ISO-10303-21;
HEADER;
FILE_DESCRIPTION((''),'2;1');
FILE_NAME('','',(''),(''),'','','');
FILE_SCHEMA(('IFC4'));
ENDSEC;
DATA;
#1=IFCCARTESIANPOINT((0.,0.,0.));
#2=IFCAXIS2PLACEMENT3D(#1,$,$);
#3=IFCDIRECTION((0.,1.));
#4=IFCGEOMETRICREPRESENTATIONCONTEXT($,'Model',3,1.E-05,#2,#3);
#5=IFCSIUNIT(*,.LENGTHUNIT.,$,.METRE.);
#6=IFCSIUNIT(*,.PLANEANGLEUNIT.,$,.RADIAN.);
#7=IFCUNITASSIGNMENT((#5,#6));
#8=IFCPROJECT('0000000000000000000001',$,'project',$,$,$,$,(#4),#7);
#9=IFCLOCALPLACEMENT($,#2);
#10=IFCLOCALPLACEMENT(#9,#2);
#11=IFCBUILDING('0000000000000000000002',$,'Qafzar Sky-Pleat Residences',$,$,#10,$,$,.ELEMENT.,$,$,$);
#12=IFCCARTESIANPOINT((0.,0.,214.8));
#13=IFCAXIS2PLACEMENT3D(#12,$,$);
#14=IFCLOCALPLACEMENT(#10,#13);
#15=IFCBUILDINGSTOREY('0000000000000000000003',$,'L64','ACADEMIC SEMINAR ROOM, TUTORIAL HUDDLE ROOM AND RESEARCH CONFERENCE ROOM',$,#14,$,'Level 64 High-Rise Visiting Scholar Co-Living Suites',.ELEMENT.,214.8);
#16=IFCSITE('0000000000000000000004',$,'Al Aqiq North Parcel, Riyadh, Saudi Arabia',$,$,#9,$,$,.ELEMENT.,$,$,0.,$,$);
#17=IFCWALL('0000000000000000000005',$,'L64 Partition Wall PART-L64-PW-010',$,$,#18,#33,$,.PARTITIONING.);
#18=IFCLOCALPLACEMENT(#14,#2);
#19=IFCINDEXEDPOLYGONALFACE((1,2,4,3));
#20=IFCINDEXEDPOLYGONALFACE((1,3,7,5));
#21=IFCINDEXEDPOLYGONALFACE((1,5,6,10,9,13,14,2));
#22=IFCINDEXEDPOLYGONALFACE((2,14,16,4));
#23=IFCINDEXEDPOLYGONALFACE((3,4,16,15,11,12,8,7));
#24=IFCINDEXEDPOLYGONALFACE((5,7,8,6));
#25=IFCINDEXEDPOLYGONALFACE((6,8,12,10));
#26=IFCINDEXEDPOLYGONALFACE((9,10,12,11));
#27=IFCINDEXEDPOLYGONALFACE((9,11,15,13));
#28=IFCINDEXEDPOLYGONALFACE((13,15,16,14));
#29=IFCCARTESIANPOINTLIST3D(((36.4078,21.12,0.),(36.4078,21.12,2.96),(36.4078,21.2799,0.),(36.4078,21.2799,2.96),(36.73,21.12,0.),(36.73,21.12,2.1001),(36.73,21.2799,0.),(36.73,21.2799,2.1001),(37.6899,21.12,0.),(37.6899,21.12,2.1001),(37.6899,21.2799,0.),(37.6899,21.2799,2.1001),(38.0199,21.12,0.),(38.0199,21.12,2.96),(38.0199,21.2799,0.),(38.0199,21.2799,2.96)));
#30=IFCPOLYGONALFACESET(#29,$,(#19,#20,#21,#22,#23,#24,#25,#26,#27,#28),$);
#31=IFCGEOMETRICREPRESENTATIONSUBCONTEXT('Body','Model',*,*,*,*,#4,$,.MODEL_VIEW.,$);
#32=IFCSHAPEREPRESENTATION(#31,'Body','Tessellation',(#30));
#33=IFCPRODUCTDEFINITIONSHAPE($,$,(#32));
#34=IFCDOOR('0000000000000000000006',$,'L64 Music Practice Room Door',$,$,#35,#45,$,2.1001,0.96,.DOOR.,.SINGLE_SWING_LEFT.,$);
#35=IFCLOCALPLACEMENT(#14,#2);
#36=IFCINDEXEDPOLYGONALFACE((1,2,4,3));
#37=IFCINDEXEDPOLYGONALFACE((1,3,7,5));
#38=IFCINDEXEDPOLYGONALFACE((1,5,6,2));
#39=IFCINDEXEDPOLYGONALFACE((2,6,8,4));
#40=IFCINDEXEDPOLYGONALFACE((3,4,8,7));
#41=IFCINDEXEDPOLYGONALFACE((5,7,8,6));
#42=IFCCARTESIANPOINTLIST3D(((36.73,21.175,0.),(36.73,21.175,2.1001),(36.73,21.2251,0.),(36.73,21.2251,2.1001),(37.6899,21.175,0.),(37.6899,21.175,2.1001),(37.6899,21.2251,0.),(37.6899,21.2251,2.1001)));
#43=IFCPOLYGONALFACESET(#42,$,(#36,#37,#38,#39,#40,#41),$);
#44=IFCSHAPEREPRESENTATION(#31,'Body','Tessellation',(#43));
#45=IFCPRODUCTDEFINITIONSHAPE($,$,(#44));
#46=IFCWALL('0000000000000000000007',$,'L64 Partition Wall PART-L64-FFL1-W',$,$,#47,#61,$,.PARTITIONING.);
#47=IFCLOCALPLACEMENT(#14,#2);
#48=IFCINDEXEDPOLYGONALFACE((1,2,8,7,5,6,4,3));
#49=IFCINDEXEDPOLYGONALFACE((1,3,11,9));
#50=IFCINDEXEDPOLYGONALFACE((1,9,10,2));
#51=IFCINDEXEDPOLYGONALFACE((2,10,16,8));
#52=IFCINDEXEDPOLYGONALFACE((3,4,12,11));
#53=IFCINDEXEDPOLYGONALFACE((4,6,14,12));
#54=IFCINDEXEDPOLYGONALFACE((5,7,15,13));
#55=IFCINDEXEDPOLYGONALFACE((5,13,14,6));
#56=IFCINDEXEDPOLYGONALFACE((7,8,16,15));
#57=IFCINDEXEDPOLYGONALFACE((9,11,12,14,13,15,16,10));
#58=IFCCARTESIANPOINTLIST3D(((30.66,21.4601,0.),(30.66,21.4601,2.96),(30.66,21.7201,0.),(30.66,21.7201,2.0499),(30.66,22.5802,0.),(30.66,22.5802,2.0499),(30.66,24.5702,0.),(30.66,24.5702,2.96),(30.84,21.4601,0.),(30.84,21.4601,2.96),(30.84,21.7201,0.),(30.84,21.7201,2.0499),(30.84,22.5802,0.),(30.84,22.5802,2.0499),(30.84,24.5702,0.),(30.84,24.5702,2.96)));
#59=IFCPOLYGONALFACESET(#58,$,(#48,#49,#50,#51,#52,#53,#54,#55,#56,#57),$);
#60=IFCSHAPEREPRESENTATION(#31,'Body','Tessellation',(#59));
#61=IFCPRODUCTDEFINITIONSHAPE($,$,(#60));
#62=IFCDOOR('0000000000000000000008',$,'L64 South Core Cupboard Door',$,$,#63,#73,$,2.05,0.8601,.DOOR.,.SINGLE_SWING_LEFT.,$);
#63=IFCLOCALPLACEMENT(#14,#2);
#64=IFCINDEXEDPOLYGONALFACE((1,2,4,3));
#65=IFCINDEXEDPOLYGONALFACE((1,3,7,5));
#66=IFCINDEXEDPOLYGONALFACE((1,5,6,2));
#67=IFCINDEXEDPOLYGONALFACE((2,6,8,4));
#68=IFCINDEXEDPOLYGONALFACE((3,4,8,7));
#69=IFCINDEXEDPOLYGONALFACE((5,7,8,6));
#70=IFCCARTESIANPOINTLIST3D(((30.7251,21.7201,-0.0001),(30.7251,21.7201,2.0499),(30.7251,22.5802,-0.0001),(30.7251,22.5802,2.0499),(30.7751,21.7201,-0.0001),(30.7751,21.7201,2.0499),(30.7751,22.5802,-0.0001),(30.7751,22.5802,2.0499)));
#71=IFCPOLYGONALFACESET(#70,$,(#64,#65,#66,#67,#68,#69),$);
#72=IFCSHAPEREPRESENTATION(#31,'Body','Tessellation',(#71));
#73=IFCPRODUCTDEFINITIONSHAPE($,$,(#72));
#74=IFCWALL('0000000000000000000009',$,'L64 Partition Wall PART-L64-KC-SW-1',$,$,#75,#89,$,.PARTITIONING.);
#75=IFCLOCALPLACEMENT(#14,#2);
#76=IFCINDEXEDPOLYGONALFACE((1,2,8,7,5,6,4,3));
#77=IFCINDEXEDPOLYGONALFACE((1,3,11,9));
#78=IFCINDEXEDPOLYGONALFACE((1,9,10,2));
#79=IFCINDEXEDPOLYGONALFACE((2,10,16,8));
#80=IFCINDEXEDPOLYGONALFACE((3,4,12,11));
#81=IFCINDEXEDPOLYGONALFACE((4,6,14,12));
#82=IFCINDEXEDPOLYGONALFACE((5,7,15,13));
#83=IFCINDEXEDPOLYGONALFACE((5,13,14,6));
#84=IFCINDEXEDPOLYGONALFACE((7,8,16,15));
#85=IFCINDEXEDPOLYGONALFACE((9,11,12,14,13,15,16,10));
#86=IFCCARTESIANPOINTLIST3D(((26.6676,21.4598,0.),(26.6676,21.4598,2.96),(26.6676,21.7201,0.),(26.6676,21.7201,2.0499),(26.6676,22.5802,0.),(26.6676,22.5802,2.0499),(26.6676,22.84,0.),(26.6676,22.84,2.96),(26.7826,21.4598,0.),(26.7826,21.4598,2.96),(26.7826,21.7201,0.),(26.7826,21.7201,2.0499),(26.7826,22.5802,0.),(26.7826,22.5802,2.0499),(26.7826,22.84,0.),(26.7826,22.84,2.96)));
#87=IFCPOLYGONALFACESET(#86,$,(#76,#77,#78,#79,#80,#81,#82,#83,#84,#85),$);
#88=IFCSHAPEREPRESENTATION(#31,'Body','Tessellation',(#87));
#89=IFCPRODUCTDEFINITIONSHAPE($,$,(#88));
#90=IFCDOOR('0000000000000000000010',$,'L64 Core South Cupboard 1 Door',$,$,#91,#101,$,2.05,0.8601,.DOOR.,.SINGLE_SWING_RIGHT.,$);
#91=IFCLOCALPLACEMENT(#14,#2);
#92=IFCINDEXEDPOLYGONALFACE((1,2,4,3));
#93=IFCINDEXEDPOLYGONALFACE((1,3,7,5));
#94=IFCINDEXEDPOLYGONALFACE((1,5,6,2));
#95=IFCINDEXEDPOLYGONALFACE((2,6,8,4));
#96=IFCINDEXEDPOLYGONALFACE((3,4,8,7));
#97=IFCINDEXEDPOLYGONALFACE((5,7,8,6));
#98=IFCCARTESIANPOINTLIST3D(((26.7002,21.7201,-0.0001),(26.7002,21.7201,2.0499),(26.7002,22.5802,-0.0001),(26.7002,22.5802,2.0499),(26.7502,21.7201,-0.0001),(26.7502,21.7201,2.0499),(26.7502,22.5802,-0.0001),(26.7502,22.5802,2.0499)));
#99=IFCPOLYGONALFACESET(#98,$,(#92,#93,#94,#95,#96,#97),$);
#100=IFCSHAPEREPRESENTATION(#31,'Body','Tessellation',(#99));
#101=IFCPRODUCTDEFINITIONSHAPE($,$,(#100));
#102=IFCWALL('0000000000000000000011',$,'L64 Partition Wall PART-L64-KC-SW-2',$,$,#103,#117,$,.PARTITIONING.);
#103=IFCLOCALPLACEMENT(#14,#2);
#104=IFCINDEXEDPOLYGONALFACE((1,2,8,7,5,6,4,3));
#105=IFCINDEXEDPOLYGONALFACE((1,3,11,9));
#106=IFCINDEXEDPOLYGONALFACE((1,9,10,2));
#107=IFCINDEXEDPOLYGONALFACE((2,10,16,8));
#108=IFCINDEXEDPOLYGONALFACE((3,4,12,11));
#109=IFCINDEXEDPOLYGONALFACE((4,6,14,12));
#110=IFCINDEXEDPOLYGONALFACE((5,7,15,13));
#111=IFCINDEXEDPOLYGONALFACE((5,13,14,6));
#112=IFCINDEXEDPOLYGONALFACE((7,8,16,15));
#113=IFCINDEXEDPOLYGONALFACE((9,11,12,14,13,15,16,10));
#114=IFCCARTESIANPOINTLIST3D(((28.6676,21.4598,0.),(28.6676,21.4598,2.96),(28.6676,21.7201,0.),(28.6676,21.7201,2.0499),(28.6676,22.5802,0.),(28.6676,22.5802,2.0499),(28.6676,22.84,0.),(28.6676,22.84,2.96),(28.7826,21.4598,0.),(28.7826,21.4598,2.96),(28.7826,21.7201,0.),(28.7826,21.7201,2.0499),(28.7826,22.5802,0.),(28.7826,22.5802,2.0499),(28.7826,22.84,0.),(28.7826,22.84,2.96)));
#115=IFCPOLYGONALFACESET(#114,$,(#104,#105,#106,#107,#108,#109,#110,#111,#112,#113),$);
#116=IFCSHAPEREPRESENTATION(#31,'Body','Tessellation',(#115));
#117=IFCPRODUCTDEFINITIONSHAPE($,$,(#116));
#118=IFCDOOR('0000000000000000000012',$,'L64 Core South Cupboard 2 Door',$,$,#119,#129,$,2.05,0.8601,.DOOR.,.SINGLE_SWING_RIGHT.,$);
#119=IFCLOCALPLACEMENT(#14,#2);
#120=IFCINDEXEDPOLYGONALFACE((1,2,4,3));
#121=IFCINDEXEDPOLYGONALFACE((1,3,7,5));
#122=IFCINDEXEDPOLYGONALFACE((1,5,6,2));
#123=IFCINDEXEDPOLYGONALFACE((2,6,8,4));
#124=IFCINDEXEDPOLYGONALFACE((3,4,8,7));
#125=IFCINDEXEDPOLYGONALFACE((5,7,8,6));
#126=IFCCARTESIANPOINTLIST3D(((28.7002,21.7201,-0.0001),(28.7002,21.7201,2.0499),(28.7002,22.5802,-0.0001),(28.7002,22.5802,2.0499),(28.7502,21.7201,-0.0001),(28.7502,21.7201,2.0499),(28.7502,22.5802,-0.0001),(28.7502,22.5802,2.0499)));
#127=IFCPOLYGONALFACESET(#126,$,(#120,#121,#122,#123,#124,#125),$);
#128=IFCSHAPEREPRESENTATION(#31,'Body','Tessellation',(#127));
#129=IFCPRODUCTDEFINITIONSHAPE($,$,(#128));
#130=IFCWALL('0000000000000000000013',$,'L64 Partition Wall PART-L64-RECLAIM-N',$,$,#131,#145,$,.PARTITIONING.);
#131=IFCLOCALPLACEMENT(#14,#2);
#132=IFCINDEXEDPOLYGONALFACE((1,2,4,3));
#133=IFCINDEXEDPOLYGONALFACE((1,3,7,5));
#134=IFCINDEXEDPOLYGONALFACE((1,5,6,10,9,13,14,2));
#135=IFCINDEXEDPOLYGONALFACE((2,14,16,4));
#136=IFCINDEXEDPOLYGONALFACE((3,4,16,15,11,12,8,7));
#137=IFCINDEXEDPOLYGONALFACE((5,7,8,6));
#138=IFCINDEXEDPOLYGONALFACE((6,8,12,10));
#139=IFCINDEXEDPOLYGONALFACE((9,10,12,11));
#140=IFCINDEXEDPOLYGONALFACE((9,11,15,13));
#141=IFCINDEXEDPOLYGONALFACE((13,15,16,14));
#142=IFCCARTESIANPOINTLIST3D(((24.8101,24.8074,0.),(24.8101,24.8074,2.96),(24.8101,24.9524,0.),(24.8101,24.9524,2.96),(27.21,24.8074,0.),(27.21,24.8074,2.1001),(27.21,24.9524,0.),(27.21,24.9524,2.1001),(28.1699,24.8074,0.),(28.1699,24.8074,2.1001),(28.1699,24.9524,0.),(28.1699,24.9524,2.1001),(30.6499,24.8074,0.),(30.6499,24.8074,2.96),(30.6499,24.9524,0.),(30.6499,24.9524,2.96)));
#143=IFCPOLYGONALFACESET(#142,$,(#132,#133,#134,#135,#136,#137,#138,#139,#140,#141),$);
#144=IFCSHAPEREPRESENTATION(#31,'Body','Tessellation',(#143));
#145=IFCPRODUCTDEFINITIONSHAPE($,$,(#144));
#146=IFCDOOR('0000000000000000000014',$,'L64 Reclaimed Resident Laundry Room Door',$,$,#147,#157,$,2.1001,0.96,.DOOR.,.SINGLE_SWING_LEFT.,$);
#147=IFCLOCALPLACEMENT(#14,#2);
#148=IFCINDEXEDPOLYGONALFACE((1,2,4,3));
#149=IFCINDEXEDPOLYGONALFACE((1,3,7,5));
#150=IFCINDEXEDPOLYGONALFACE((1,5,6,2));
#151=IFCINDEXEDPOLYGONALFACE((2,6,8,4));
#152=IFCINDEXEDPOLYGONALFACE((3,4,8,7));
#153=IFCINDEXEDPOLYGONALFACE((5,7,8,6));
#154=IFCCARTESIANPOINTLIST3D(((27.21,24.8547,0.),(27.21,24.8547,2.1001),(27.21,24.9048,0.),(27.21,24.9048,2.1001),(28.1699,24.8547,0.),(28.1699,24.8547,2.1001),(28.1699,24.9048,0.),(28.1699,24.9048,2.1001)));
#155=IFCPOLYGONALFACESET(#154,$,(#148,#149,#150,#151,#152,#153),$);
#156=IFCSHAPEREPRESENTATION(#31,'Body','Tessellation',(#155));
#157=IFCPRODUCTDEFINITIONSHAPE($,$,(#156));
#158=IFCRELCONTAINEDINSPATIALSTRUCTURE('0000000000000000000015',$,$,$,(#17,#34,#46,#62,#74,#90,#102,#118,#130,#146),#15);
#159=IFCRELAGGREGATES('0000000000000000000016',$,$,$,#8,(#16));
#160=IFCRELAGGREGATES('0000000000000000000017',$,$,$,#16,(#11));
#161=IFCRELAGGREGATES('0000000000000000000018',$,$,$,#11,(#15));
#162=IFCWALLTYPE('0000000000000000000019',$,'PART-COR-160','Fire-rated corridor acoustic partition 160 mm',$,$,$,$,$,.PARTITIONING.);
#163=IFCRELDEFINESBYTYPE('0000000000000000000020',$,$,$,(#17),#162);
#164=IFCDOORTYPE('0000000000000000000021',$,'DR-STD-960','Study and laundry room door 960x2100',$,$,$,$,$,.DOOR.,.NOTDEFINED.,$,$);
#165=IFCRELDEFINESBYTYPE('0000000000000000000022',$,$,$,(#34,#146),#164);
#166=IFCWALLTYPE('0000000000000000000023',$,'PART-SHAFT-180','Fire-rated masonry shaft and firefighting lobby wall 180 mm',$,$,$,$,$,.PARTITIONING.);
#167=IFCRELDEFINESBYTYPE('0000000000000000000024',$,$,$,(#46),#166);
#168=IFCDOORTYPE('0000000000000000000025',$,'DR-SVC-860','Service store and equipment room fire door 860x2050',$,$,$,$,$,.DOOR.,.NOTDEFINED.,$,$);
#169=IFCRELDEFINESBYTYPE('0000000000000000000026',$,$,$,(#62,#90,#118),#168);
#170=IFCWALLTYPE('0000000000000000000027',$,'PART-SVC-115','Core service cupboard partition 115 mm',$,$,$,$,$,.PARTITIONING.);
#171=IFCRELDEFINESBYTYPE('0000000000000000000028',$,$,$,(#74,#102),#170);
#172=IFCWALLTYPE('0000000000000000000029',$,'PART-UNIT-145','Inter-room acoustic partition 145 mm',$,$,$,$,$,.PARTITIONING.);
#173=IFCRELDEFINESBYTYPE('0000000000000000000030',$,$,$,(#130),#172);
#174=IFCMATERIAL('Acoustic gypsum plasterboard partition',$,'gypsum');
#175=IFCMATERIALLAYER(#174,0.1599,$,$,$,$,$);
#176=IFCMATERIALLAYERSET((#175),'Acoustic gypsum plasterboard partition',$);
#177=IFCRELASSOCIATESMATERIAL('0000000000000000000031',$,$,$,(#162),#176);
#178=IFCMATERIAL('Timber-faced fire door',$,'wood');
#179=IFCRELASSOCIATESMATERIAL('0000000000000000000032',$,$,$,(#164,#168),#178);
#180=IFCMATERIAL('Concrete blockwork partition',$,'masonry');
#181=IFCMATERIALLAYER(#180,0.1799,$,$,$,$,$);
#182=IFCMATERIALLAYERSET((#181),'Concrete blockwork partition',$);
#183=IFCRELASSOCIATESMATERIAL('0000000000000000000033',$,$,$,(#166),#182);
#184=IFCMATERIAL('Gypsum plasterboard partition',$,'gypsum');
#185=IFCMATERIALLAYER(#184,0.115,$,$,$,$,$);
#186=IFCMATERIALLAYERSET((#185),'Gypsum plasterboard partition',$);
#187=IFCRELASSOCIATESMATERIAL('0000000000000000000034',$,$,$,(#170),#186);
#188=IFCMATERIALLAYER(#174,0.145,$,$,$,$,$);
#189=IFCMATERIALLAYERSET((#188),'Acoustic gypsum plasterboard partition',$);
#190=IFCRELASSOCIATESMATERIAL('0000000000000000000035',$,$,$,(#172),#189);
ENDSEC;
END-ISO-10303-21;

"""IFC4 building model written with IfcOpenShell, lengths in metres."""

from ifc_helpers import new_model, si_unit, direction, frame, frame_2d, origin, place, context, subcontext, project, spatial, rectangle, extrude, source, transform, mapped, material, layer, layer_set, type_object, element, fill, save


model = new_model("IFC4")

# Units and contexts
model_context = context("Model", 3, precision=1e-05, world=origin(), true_north=direction((0.0, 1.0)))
body_context = subcontext(model_context, "Body", "Model", "MODEL_VIEW")
ifc_project = project(units=[si_unit("LENGTHUNIT", "METRE"), si_unit("PLANEANGLEUNIT", "RADIAN")], contexts=[model_context])

# Site, building, storey
site_placement = place(None, origin())
site = spatial("IfcSite", under=ifc_project, at=site_placement, Name="Al Aqiq North Parcel, Riyadh, Saudi Arabia", CompositionType="ELEMENT", RefElevation=0.0)
building_placement = place(site_placement, origin())
building = spatial("IfcBuilding", under=site, at=building_placement, Name="Qafzar Sky-Pleat Residences", CompositionType="ELEMENT")
storey_placement = place(building_placement, frame((0.0, 0.0, 214.8)))
storey = spatial("IfcBuildingStorey", under=building, at=storey_placement, Name="L64", Description="ACADEMIC SEMINAR ROOM, TUTORIAL HUDDLE ROOM AND RESEARCH CONFERENCE ROOM", LongName="Level 64 High-Rise Visiting Scholar Co-Living Suites", CompositionType="ELEMENT", Elevation=214.8)

# Walls, openings, doors
ifc_material_1 = material(Name="Acoustic gypsum plasterboard partition", Category="gypsum")
ifc_layer_1 = layer(ifc_material_1, 0.1599)
ifc_layer_set_1 = layer_set([ifc_layer_1], Name="Acoustic gypsum plasterboard partition")
wall_type_1 = type_object("IfcWallType", Name="PART-COR-160", Description="Fire-rated corridor acoustic partition 160 mm", PredefinedType="PARTITIONING", material=ifc_layer_set_1)
wall_1_placement = place(storey_placement, frame((38.02, 21.2, 0.0), z_axis=(0.0, 0.0, 1.0), x_axis=(-1.0, 0.0, 0.0)))
wall_1 = element("IfcWall", 1, at=wall_1_placement, inside=storey, type_object=wall_type_1, Name="L64 Partition Wall PART-L64-PW-010", PredefinedType="PARTITIONING", context=body_context, shape_type="SweptSolid", body=[
    extrude(rectangle(XDim=1.6121, YDim=0.1599, at=frame_2d((0.8062, 0.0))), origin(), (0.0, 0.0, 1.0), 2.96),
])
opening_1_placement = place(wall_1_placement, frame((0.3301, 0.0, 0.0)))
opening_1 = element("IfcOpeningElement", 2, at=opening_1_placement, cuts=wall_1, PredefinedType="OPENING", context=body_context, shape_type="SweptSolid", body=[
    extrude(rectangle(XDim=0.96, YDim=2.1001, at=frame_2d((0.48, 1.05))), frame((0.0, 0.0898, 0.0), z_axis=(0.0, -1.0, 0.0), x_axis=(1.0, 0.0, 0.0)), (0.0, 0.0, 1.0), 0.1799),
])
ifc_material_2 = material(Name="Timber-faced fire door", Category="wood")
door_type_1 = type_object("IfcDoorType", Name="DR-STD-960", Description="Study and laundry room door 960x2100", OperationType="NOTDEFINED", PredefinedType="DOOR", material=ifc_material_2)
shared_shape_1 = source(origin(), body_context, "Body", "SweptSolid", [
    extrude(rectangle(XDim=0.96, YDim=2.1001, at=frame_2d((0.48, 1.05))), frame((0.0, 0.0249, 0.0), z_axis=(0.0, -1.0, 0.0), x_axis=(1.0, 0.0, 0.0)), (0.0, 0.0, 1.0), 0.05),
])
door_1_placement = place(opening_1_placement, origin())
door_1 = element("IfcDoor", 3, at=door_1_placement, inside=storey, type_object=door_type_1, Name="L64 Music Practice Room Door", OperationType="SINGLE_SWING_LEFT", OverallHeight=2.1001, OverallWidth=0.96, PredefinedType="DOOR", context=body_context, shape_type="MappedRepresentation", body=[
    mapped(shared_shape_1, transform((0.0, 0.0, 0.0), x_axis=(1.0, 0.0, 0.0), y_axis=(0.0, 1.0, 0.0), z_axis=(0.0, 0.0, 1.0), scale=1.0)),
])
fill(opening_1, door_1)
ifc_material_3 = material(Name="Concrete blockwork partition", Category="masonry")
ifc_layer_2 = layer(ifc_material_3, 0.1799)
ifc_layer_set_2 = layer_set([ifc_layer_2], Name="Concrete blockwork partition")
wall_type_2 = type_object("IfcWallType", Name="PART-SHAFT-180", Description="Fire-rated masonry shaft and firefighting lobby wall 180 mm", PredefinedType="PARTITIONING", material=ifc_layer_set_2)
wall_2_placement = place(storey_placement, frame((30.75, 21.46, 0.0), z_axis=(0.0, 0.0, 1.0), x_axis=(0.0, 1.0, 0.0)))
wall_2 = element("IfcWall", 4, at=wall_2_placement, inside=storey, type_object=wall_type_2, Name="L64 Partition Wall PART-L64-FFL1-W", PredefinedType="PARTITIONING", context=body_context, shape_type="SweptSolid", body=[
    extrude(rectangle(XDim=3.1101, YDim=0.1799, at=frame_2d((1.5552, 0.0))), origin(), (0.0, 0.0, 1.0), 2.96),
])
opening_2_placement = place(wall_2_placement, frame((0.26, 0.0, 0.0)))
opening_2 = element("IfcOpeningElement", 5, at=opening_2_placement, cuts=wall_2, PredefinedType="OPENING", context=body_context, shape_type="SweptSolid", body=[
    extrude(rectangle(XDim=0.8601, YDim=2.05, at=frame_2d((0.4302, 1.0249))), frame((0.0, 0.1001, 0.0), z_axis=(0.0, -1.0, 0.0), x_axis=(1.0, 0.0, 0.0)), (0.0, 0.0, 1.0), 0.2),
])
door_type_2 = type_object("IfcDoorType", Name="DR-SVC-860", Description="Service store and equipment room fire door 860x2050", OperationType="NOTDEFINED", PredefinedType="DOOR", material=ifc_material_2)
shared_shape_2 = source(origin(), body_context, "Body", "SweptSolid", [
    extrude(rectangle(XDim=0.8601, YDim=2.05, at=frame_2d((0.4302, 1.0249))), frame((0.0, 0.0249, 0.0), z_axis=(0.0, -1.0, 0.0), x_axis=(1.0, 0.0, 0.0)), (0.0, 0.0, 1.0), 0.05),
])
door_2_placement = place(opening_2_placement, origin())
door_2 = element("IfcDoor", 6, at=door_2_placement, inside=storey, type_object=door_type_2, Name="L64 South Core Cupboard Door", OperationType="SINGLE_SWING_LEFT", OverallHeight=2.05, OverallWidth=0.8601, PredefinedType="DOOR", context=body_context, shape_type="MappedRepresentation", body=[
    mapped(shared_shape_2, transform((0.0, 0.0, 0.0), x_axis=(1.0, 0.0, 0.0), y_axis=(0.0, 1.0, 0.0), z_axis=(0.0, 0.0, 1.0), scale=1.0)),
])
fill(opening_2, door_2)
ifc_material_4 = material(Name="Gypsum plasterboard partition", Category="gypsum")
ifc_layer_3 = layer(ifc_material_4, 0.115)
ifc_layer_set_3 = layer_set([ifc_layer_3], Name="Gypsum plasterboard partition")
wall_type_3 = type_object("IfcWallType", Name="PART-SVC-115", Description="Core service cupboard partition 115 mm", PredefinedType="PARTITIONING", material=ifc_layer_set_3)
wall_3_placement = place(storey_placement, frame((26.7251, 21.46, 0.0), z_axis=(0.0, 0.0, 1.0), x_axis=(0.0, 1.0, 0.0)))
wall_3 = element("IfcWall", 7, at=wall_3_placement, inside=storey, type_object=wall_type_3, Name="L64 Partition Wall PART-L64-KC-SW-1", PredefinedType="PARTITIONING", context=body_context, shape_type="SweptSolid", body=[
    extrude(rectangle(XDim=1.3801, YDim=0.115, at=frame_2d((0.6899, 0.0))), origin(), (0.0, 0.0, 1.0), 2.96),
])
opening_3_placement = place(wall_3_placement, frame((0.26, 0.0, 0.0)))
opening_3 = element("IfcOpeningElement", 8, at=opening_3_placement, cuts=wall_3, PredefinedType="OPENING", context=body_context, shape_type="SweptSolid", body=[
    extrude(rectangle(XDim=0.8601, YDim=2.05, at=frame_2d((0.4302, 1.0249))), frame((0.0, 0.0674, 0.0), z_axis=(0.0, -1.0, 0.0), x_axis=(1.0, 0.0, 0.0)), (0.0, 0.0, 1.0), 0.135),
])
door_3_placement = place(opening_3_placement, origin())
door_3 = element("IfcDoor", 9, at=door_3_placement, inside=storey, type_object=door_type_2, Name="L64 Core South Cupboard 1 Door", OperationType="SINGLE_SWING_RIGHT", OverallHeight=2.05, OverallWidth=0.8601, PredefinedType="DOOR", context=body_context, shape_type="MappedRepresentation", body=[
    mapped(shared_shape_2, transform((0.0, 0.0, 0.0), x_axis=(1.0, 0.0, 0.0), y_axis=(0.0, 1.0, 0.0), z_axis=(0.0, 0.0, 1.0), scale=1.0)),
])
fill(opening_3, door_3)
wall_4_placement = place(storey_placement, frame((28.7251, 21.46, 0.0), z_axis=(0.0, 0.0, 1.0), x_axis=(0.0, 1.0, 0.0)))
wall_4 = element("IfcWall", 10, at=wall_4_placement, inside=storey, type_object=wall_type_3, Name="L64 Partition Wall PART-L64-KC-SW-2", PredefinedType="PARTITIONING", context=body_context, shape_type="SweptSolid", body=[
    extrude(rectangle(XDim=1.3801, YDim=0.115, at=frame_2d((0.6899, 0.0))), origin(), (0.0, 0.0, 1.0), 2.96),
])
opening_4_placement = place(wall_4_placement, frame((0.26, 0.0, 0.0)))
opening_4 = element("IfcOpeningElement", 11, at=opening_4_placement, cuts=wall_4, PredefinedType="OPENING", context=body_context, shape_type="SweptSolid", body=[
    extrude(rectangle(XDim=0.8601, YDim=2.05, at=frame_2d((0.4302, 1.0249))), frame((0.0, 0.0674, 0.0), z_axis=(0.0, -1.0, 0.0), x_axis=(1.0, 0.0, 0.0)), (0.0, 0.0, 1.0), 0.135),
])
door_4_placement = place(opening_4_placement, origin())
door_4 = element("IfcDoor", 12, at=door_4_placement, inside=storey, type_object=door_type_2, Name="L64 Core South Cupboard 2 Door", OperationType="SINGLE_SWING_RIGHT", OverallHeight=2.05, OverallWidth=0.8601, PredefinedType="DOOR", context=body_context, shape_type="MappedRepresentation", body=[
    mapped(shared_shape_2, transform((0.0, 0.0, 0.0), x_axis=(1.0, 0.0, 0.0), y_axis=(0.0, 1.0, 0.0), z_axis=(0.0, 0.0, 1.0), scale=1.0)),
])
fill(opening_4, door_4)
ifc_layer_4 = layer(ifc_material_1, 0.145)
ifc_layer_set_4 = layer_set([ifc_layer_4], Name="Acoustic gypsum plasterboard partition")
wall_type_4 = type_object("IfcWallType", Name="PART-UNIT-145", Description="Inter-room acoustic partition 145 mm", PredefinedType="PARTITIONING", material=ifc_layer_set_4)
wall_5_placement = place(storey_placement, frame((24.8101, 24.8799, 0.0), z_axis=(0.0, 0.0, 1.0), x_axis=(1.0, 0.0, 0.0)))
wall_5 = element("IfcWall", 13, at=wall_5_placement, inside=storey, type_object=wall_type_4, Name="L64 Partition Wall PART-L64-RECLAIM-N", PredefinedType="PARTITIONING", context=body_context, shape_type="SweptSolid", body=[
    extrude(rectangle(XDim=5.8398, YDim=0.145, at=frame_2d((2.9199, 0.0))), origin(), (0.0, 0.0, 1.0), 2.96),
])
opening_5_placement = place(wall_5_placement, frame((2.3999, 0.0, 0.0)))
opening_5 = element("IfcOpeningElement", 14, at=opening_5_placement, cuts=wall_5, PredefinedType="OPENING", context=body_context, shape_type="SweptSolid", body=[
    extrude(rectangle(XDim=0.96, YDim=2.1001, at=frame_2d((0.48, 1.05))), frame((0.0, 0.0825, 0.0), z_axis=(0.0, -1.0, 0.0), x_axis=(1.0, 0.0, 0.0)), (0.0, 0.0, 1.0), 0.165),
])
door_5_placement = place(opening_5_placement, origin())
door_5 = element("IfcDoor", 15, at=door_5_placement, inside=storey, type_object=door_type_1, Name="L64 Reclaimed Resident Laundry Room Door", OperationType="SINGLE_SWING_LEFT", OverallHeight=2.1001, OverallWidth=0.96, PredefinedType="DOOR", context=body_context, shape_type="MappedRepresentation", body=[
    mapped(shared_shape_1, transform((0.0, 0.0, 0.0), x_axis=(1.0, 0.0, 0.0), y_axis=(0.0, 1.0, 0.0), z_axis=(0.0, 0.0, 1.0), scale=1.0)),
])
fill(opening_5, door_5)

save(model, "model.ifc")
